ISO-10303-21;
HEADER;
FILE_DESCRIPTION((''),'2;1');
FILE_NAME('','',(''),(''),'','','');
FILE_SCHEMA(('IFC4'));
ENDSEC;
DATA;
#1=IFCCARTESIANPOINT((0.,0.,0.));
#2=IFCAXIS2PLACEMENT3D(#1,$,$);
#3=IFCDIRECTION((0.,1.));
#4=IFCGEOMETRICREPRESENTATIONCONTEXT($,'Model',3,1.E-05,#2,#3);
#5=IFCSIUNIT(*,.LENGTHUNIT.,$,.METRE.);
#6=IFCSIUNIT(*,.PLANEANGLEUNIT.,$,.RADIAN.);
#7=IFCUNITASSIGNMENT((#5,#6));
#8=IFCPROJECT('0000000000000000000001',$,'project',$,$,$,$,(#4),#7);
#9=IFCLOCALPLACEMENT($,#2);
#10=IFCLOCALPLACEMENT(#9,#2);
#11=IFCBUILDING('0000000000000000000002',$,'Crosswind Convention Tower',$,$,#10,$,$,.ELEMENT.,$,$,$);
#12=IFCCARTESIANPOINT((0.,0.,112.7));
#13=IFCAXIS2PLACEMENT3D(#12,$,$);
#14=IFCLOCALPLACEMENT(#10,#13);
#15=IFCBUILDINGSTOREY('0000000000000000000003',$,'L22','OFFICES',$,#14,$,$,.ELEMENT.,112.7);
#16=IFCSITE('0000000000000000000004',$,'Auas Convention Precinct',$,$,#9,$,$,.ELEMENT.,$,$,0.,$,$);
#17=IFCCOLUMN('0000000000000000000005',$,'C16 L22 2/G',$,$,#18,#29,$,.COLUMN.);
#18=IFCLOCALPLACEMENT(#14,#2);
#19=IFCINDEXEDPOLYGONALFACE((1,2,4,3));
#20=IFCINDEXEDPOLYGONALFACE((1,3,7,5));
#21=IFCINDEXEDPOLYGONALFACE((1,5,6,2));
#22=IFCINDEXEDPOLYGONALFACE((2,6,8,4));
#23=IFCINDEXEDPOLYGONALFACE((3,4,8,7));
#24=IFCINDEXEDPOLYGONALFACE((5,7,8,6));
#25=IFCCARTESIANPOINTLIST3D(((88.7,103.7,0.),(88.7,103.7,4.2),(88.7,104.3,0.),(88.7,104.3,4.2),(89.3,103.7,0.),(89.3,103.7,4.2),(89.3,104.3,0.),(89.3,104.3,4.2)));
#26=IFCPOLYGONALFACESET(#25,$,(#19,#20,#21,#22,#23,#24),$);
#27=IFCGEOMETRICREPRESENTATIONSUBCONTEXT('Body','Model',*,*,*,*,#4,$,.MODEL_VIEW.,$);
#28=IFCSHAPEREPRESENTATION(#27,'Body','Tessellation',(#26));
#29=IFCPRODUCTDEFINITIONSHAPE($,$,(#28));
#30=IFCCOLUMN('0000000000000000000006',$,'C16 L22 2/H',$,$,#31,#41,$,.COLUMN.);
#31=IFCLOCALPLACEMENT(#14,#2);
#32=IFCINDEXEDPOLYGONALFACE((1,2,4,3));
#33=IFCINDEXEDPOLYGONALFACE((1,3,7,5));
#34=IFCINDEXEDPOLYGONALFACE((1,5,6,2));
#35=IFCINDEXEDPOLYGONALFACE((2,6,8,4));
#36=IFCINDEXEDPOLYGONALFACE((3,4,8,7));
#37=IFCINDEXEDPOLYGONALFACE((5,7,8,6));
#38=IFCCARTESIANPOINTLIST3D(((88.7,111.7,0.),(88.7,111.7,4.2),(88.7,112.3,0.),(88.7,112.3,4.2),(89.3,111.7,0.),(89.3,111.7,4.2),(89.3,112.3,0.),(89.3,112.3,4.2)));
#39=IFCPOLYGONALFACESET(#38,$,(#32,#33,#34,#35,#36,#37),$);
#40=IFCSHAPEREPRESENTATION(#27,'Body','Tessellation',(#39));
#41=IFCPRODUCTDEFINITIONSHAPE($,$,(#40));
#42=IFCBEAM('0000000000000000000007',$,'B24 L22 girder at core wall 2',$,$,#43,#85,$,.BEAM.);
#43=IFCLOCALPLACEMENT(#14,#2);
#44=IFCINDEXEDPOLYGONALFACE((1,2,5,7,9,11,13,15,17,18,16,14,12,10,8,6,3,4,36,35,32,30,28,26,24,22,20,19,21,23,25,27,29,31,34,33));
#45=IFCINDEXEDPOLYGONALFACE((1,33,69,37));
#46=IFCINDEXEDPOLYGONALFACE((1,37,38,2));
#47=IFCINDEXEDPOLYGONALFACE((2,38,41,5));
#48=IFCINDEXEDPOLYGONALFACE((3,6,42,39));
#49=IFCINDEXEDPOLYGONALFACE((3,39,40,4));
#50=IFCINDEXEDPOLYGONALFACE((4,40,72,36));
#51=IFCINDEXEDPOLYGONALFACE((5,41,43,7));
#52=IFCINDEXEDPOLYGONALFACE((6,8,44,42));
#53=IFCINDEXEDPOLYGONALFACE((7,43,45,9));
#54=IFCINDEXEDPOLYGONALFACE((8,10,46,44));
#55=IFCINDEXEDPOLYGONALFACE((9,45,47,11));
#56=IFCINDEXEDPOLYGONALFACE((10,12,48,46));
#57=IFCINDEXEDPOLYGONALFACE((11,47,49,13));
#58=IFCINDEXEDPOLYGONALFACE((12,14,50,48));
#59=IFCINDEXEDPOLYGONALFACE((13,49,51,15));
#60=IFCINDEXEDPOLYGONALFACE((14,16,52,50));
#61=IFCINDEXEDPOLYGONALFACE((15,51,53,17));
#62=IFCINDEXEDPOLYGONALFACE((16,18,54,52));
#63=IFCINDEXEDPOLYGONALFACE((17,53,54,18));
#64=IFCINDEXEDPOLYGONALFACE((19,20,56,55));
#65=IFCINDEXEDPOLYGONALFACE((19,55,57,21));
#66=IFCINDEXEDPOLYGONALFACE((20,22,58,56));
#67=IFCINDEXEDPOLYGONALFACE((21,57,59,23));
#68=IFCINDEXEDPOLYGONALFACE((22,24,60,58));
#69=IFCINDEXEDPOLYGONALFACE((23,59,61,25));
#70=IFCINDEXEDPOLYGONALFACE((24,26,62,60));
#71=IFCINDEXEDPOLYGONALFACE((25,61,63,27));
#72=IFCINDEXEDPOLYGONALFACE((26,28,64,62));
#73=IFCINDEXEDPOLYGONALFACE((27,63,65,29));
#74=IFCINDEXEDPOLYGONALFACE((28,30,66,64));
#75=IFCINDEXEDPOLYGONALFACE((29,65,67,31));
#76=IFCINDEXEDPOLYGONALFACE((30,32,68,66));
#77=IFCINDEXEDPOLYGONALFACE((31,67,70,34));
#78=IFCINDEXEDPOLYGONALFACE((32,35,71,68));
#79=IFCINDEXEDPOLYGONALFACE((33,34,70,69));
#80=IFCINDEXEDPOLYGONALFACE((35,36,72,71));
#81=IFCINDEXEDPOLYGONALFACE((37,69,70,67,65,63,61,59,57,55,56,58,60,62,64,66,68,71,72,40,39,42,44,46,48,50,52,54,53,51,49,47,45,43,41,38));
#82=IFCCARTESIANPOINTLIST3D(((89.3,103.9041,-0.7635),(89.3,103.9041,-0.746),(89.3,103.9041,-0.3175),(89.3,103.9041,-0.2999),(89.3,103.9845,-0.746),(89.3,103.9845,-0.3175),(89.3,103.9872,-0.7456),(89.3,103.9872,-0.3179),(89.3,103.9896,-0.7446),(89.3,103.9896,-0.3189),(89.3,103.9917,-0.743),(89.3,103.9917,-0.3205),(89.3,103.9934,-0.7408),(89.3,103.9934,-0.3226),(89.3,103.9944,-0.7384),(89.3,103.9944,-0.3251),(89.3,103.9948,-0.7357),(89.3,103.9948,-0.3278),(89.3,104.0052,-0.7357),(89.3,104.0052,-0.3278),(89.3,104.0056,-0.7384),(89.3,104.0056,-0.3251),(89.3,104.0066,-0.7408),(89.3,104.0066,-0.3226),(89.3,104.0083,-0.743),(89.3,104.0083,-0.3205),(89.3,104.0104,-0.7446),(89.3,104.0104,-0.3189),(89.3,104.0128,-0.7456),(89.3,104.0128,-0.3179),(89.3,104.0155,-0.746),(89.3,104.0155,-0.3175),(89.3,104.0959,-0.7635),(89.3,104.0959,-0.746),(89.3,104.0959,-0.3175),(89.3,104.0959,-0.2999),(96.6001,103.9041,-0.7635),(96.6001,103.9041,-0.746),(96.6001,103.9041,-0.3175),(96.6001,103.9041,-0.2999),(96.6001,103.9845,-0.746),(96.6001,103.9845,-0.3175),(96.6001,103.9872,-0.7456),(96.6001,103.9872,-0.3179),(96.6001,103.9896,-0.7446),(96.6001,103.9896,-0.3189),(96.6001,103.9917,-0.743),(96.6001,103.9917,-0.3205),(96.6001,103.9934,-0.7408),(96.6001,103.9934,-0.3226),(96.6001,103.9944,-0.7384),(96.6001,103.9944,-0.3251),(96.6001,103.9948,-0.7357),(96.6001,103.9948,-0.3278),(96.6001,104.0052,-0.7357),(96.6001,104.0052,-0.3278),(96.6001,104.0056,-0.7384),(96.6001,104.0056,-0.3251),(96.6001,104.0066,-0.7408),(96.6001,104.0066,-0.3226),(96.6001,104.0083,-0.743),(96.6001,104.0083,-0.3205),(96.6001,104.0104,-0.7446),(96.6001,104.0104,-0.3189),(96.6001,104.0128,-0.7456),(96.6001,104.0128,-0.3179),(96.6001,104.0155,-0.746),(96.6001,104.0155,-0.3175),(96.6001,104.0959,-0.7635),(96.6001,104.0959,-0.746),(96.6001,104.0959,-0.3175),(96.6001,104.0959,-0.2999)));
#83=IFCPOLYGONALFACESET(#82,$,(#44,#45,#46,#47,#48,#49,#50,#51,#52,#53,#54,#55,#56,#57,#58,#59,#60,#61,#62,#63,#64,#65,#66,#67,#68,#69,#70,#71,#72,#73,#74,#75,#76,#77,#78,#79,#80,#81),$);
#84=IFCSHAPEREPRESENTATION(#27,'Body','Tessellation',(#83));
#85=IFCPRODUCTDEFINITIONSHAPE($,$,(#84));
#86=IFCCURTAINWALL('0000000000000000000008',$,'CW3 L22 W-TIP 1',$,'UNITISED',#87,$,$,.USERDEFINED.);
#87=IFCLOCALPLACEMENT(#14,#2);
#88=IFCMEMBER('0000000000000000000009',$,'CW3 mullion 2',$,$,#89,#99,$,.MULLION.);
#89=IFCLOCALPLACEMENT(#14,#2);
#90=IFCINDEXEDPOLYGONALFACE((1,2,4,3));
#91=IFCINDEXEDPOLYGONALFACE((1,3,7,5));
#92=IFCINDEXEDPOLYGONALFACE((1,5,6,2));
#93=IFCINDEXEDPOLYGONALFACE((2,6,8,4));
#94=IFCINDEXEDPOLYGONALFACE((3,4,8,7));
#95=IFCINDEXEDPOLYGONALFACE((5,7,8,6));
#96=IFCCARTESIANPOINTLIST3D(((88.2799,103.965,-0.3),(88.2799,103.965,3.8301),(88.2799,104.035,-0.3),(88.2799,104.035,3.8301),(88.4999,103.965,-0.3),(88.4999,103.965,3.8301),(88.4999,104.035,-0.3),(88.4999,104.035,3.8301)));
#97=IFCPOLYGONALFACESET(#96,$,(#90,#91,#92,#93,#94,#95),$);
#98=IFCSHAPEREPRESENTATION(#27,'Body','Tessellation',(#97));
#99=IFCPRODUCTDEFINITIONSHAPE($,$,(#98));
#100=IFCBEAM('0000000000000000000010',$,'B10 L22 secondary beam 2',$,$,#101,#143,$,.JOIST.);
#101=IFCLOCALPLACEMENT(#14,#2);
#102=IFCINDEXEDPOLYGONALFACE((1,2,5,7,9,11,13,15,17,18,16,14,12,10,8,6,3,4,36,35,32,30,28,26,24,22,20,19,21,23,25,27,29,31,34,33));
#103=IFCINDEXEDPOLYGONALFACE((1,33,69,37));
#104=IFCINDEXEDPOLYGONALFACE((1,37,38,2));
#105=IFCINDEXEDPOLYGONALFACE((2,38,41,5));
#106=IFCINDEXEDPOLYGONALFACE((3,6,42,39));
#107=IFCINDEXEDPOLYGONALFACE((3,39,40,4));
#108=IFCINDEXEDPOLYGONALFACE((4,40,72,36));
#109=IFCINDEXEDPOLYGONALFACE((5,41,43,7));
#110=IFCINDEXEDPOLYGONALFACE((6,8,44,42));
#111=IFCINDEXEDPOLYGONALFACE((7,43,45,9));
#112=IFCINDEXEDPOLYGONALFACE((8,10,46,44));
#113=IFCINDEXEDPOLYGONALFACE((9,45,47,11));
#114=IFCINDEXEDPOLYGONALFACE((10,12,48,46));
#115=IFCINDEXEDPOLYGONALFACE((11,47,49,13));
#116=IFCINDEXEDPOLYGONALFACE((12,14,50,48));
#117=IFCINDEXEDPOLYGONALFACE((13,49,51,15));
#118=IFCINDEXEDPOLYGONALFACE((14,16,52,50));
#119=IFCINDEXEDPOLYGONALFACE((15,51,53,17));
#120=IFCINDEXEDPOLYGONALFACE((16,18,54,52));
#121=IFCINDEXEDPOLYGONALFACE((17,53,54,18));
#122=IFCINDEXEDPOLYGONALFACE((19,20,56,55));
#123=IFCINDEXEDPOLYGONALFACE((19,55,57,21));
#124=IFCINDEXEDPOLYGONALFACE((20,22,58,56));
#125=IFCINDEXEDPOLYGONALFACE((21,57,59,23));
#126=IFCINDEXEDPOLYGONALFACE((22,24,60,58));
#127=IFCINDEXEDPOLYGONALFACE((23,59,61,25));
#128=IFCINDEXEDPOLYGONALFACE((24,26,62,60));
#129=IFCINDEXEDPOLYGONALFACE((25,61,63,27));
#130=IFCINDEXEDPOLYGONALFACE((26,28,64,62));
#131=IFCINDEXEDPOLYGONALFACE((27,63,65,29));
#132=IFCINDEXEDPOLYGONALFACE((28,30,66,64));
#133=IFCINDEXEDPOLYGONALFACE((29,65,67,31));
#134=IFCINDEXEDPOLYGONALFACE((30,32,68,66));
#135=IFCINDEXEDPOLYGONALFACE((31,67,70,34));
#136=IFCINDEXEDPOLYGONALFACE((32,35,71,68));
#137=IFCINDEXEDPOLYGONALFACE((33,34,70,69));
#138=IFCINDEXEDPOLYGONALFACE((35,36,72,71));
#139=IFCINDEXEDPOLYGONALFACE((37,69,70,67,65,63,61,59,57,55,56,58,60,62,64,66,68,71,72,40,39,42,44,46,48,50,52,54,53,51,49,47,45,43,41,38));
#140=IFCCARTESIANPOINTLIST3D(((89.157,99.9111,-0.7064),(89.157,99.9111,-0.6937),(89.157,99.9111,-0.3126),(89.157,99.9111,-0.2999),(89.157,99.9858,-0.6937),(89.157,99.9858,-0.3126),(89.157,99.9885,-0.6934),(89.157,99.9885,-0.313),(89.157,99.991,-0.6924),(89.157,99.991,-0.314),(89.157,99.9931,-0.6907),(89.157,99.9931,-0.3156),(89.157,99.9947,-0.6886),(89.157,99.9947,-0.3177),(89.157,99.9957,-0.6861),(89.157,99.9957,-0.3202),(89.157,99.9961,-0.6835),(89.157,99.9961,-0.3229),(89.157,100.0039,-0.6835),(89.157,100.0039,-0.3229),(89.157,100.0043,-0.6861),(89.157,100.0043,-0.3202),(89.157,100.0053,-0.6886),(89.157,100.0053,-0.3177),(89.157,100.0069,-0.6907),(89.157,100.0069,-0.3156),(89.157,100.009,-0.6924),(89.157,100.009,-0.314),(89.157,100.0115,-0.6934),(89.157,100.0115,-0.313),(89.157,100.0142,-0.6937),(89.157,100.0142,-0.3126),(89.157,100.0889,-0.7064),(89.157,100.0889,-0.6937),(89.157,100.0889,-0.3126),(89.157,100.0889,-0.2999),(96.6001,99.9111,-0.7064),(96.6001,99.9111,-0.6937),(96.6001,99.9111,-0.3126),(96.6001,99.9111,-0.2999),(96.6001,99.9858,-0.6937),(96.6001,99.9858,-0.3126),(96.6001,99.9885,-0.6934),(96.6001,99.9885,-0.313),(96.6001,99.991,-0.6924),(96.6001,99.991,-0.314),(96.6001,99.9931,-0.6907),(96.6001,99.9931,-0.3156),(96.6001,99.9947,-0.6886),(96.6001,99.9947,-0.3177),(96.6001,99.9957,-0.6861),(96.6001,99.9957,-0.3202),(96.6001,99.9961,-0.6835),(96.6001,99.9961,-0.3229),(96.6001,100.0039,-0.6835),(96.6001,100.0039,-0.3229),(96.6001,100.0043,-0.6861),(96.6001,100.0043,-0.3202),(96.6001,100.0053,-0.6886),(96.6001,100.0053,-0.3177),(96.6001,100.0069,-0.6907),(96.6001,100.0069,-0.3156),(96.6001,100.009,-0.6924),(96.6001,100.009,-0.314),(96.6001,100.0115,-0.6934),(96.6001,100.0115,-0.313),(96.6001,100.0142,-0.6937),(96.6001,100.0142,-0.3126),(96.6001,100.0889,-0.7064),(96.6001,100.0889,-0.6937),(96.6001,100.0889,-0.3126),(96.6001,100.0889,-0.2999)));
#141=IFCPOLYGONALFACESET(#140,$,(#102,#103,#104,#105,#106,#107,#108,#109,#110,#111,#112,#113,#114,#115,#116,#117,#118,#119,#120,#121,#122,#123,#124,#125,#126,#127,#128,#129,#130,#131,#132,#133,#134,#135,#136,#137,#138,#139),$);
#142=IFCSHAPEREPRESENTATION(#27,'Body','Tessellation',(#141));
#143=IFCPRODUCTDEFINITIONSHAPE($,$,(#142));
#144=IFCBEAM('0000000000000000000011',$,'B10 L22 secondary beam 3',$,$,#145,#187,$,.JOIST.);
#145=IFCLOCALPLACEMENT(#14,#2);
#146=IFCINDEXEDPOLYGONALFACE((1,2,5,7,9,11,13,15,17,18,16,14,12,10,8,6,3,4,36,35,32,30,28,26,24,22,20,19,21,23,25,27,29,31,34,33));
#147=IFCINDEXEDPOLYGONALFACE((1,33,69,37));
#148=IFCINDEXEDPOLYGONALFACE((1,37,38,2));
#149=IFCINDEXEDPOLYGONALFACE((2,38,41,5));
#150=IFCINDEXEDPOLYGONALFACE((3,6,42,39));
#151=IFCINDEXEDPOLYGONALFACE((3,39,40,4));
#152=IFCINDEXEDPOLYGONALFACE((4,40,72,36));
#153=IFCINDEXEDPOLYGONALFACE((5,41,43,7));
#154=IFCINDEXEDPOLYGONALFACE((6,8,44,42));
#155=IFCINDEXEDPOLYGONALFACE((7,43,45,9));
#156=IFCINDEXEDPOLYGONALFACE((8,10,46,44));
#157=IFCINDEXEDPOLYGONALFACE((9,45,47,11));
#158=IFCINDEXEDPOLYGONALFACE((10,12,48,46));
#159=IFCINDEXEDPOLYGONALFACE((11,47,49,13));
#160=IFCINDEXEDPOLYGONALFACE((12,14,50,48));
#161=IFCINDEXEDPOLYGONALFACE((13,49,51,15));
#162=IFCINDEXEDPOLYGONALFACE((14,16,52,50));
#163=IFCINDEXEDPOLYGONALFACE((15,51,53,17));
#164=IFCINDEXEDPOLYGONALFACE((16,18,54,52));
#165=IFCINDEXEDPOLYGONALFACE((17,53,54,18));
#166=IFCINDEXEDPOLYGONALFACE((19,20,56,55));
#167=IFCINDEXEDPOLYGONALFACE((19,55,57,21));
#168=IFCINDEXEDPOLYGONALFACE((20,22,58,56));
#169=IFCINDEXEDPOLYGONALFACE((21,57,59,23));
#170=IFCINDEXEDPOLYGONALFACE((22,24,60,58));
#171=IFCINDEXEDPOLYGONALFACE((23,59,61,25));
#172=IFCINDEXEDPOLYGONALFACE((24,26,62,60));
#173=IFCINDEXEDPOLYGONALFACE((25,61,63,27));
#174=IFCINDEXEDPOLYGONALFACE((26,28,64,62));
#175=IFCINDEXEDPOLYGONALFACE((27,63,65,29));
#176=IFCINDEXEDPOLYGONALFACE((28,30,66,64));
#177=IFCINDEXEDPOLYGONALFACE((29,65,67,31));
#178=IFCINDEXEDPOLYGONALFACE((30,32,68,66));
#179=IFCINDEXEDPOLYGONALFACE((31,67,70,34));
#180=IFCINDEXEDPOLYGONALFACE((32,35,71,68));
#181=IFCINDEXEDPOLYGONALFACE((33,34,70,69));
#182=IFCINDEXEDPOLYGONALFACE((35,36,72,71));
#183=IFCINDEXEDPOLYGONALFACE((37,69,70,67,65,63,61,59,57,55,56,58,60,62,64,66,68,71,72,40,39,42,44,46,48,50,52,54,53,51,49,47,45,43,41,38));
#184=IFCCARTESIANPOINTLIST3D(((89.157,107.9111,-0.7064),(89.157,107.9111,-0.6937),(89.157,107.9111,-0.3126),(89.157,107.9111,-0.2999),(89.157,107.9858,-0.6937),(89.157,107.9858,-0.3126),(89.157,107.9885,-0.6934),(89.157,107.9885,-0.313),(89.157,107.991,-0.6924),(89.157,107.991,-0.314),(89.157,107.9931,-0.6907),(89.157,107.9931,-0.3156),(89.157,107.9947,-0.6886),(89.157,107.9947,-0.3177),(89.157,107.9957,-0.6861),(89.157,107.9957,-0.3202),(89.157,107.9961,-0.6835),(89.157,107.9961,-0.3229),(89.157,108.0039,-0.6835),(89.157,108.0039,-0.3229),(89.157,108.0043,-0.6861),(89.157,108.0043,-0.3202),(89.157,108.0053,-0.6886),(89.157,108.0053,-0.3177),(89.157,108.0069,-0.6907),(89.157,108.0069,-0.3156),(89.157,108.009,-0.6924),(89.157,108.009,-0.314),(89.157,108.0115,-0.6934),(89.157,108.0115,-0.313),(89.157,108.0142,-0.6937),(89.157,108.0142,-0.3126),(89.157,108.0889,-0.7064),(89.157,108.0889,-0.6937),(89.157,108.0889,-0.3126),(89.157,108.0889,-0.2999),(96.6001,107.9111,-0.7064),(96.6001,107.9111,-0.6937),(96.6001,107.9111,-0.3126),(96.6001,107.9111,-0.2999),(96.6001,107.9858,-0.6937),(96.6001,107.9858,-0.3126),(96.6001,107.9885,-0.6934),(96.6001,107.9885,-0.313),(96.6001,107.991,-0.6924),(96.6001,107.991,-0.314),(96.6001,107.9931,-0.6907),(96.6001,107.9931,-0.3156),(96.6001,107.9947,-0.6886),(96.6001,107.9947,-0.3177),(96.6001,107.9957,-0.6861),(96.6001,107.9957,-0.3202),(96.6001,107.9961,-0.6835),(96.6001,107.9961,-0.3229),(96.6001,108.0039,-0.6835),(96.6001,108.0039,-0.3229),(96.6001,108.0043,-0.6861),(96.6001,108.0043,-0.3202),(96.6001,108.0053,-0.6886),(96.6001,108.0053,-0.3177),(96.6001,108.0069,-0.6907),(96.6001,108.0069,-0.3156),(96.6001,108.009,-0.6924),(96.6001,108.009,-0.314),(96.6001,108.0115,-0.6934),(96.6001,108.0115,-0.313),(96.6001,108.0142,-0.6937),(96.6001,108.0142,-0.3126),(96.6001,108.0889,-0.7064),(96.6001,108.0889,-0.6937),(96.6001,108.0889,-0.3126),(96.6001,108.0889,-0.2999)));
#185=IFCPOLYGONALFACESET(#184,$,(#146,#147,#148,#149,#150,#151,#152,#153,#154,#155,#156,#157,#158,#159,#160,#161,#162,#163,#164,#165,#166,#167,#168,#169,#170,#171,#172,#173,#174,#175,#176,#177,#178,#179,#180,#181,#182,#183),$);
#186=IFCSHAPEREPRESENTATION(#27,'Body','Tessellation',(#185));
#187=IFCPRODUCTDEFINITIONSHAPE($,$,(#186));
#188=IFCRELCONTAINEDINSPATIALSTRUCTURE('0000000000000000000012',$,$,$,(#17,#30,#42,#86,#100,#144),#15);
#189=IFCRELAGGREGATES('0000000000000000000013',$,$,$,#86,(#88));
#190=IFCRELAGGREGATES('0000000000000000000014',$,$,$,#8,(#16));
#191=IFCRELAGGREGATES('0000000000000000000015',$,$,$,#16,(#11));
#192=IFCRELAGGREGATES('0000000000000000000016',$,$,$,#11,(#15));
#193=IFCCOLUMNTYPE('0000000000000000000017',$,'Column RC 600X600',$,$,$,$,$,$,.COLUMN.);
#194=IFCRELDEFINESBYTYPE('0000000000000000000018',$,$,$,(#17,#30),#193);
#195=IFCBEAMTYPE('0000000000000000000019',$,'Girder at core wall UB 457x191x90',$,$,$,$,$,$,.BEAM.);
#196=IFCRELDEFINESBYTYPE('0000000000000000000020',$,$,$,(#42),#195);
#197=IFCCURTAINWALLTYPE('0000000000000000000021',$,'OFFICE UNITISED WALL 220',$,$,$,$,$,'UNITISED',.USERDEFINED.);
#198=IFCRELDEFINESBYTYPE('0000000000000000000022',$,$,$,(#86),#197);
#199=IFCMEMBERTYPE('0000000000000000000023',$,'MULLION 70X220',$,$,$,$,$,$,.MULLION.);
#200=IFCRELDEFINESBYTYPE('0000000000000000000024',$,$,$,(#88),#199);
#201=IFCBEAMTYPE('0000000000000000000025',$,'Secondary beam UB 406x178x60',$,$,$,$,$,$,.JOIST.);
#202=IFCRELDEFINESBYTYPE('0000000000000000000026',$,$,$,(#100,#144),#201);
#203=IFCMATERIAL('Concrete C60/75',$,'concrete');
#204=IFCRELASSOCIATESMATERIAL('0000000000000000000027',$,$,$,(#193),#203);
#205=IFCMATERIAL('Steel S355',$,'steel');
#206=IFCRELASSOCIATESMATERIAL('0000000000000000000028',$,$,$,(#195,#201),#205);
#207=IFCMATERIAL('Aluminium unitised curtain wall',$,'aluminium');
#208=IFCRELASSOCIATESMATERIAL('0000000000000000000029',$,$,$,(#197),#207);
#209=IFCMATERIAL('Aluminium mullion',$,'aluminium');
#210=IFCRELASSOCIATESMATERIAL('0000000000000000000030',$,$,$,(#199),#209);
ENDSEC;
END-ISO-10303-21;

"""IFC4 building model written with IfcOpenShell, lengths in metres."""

from ifc_helpers import new_model, si_unit, direction, frame, origin, origin_2d, place, context, subcontext, project, spatial, rectangle, i_section, extrude, material, material_profile, profile_set, type_object, element, aggregate, save


model = new_model("IFC4")

# Units and contexts
model_context = context("Model", 3, precision=1e-05, world=origin(), true_north=direction((0.0, 1.0)))
body_context = subcontext(model_context, "Body", "Model", "MODEL_VIEW")
ifc_project = project(units=[si_unit("LENGTHUNIT", "METRE"), si_unit("PLANEANGLEUNIT", "RADIAN")], contexts=[model_context])

# Site, building, storey
site_placement = place(None, origin())
site = spatial("IfcSite", under=ifc_project, at=site_placement, Name="Auas Convention Precinct", CompositionType="ELEMENT", RefElevation=0.0)
building_placement = place(site_placement, origin())
building = spatial("IfcBuilding", under=site, at=building_placement, Name="Crosswind Convention Tower", CompositionType="ELEMENT")
storey_placement = place(building_placement, frame((0.0, 0.0, 112.7)))
storey = spatial("IfcBuildingStorey", under=building, at=storey_placement, Name="L22", Description="OFFICES", CompositionType="ELEMENT", Elevation=112.7)

# Columns
ifc_material_1 = material(Name="Concrete C60/75", Category="concrete")
ifc_material_profile_1 = material_profile(ifc_material_1, rectangle(XDim=0.6001, YDim=0.6001, at=origin_2d()), Name="RC 600X600")
ifc_profile_set_1 = profile_set([ifc_material_profile_1], Name="Concrete C60/75")
column_type = type_object("IfcColumnType", Name="Column RC 600X600", PredefinedType="COLUMN", material=ifc_profile_set_1)
for number, where, z_axis, x_axis, name in (
    (1, (89.0, 104.0, 0.0), (0.0, 0.0, 1.0), (1.0, 0.0, 0.0), "C16 L22 2/G"),
    (2, (89.0, 112.0, 0.0), (0.0, 0.0, 1.0), (1.0, 0.0, 0.0), "C16 L22 2/H"),
):
    element("IfcColumn", number, at=place(storey_placement, frame(where, z_axis=z_axis, x_axis=x_axis)), inside=storey, type_object=column_type, Name=name, PredefinedType="COLUMN", context=body_context, shape_type="SweptSolid", body=[
        extrude(rectangle(XDim=0.6001, YDim=0.6001, at=origin_2d()), origin(), (0.0, 0.0, 1.0), 4.2),
    ])

# Beam
ifc_material_2 = material(Name="Steel S355", Category="steel")
ifc_material_profile_2 = material_profile(ifc_material_2, i_section(OverallWidth=0.1919, OverallDepth=0.4636, WebThickness=0.0105, FlangeThickness=0.0176, FilletRadius=0.0103, at=origin_2d()), Name="UB 457x191x90")
ifc_profile_set_2 = profile_set([ifc_material_profile_2], Name="Steel S355")
beam_type_1 = type_object("IfcBeamType", Name="Girder at core wall UB 457x191x90", PredefinedType="BEAM", material=ifc_profile_set_2)
beam_placement = place(storey_placement, frame((89.3, 104.0, -0.5317), z_axis=(1.0, 0.0, 0.0), x_axis=(0.0, 1.0, 0.0)))
element("IfcBeam", 3, at=beam_placement, inside=storey, type_object=beam_type_1, Name="B24 L22 girder at core wall 2", PredefinedType="BEAM", context=body_context, shape_type="SweptSolid", body=[
    extrude(i_section(OverallWidth=0.1919, OverallDepth=0.4636, WebThickness=0.0105, FlangeThickness=0.0176, FilletRadius=0.0103, at=origin_2d()), origin(), (0.0, 0.0, 1.0), 7.3),
])

# Curtain wall, member
ifc_material_3 = material(Name="Aluminium unitised curtain wall", Category="aluminium")
curtain_wall_type = type_object("IfcCurtainWallType", Name="OFFICE UNITISED WALL 220", ElementType="UNITISED", PredefinedType="USERDEFINED", material=ifc_material_3)
curtain_wall_placement = place(storey_placement, origin())
curtain_wall = element("IfcCurtainWall", 4, at=curtain_wall_placement, inside=storey, type_object=curtain_wall_type, Name="CW3 L22 W-TIP 1", ObjectType="UNITISED", PredefinedType="USERDEFINED")
ifc_material_4 = material(Name="Aluminium mullion", Category="aluminium")
ifc_material_profile_3 = material_profile(ifc_material_4, rectangle(XDim=0.22, YDim=0.0701, at=origin_2d()), Name="AL 220X70")
ifc_profile_set_3 = profile_set([ifc_material_profile_3], Name="Aluminium mullion")
member_type = type_object("IfcMemberType", Name="MULLION 70X220", PredefinedType="MULLION", material=ifc_profile_set_3)
member_placement = place(storey_placement, frame((88.3899, 104.0, -0.3), z_axis=(0.0, 0.0, 1.0), x_axis=(-1.0, 0.0, 0.0)))
member = element("IfcMember", 5, at=member_placement, type_object=member_type, Name="CW3 mullion 2", PredefinedType="MULLION", context=body_context, shape_type="SweptSolid", body=[
    extrude(rectangle(XDim=0.22, YDim=0.0701, at=origin_2d()), origin(), (0.0, 0.0, 1.0), 4.1301),
])

# Beams
ifc_material_profile_4 = material_profile(ifc_material_2, i_section(OverallWidth=0.1777, OverallDepth=0.4065, WebThickness=0.0078, FlangeThickness=0.0127, FilletRadius=0.0103, at=origin_2d()), Name="UB 406x178x60")
ifc_profile_set_4 = profile_set([ifc_material_profile_4], Name="Steel S355")
beam_type_2 = type_object("IfcBeamType", Name="Secondary beam UB 406x178x60", PredefinedType="JOIST", material=ifc_profile_set_4)
for number, where, z_axis, x_axis, name in (
    (6, (89.157, 100.0, -0.5032), (1.0, 0.0, 0.0), (0.0, 1.0, 0.0), "B10 L22 secondary beam 2"),
    (7, (89.157, 108.0, -0.5032), (1.0, 0.0, 0.0), (0.0, 1.0, 0.0), "B10 L22 secondary beam 3"),
):
    element("IfcBeam", number, at=place(storey_placement, frame(where, z_axis=z_axis, x_axis=x_axis)), inside=storey, type_object=beam_type_2, Name=name, PredefinedType="JOIST", context=body_context, shape_type="SweptSolid", body=[
        extrude(i_section(OverallWidth=0.1777, OverallDepth=0.4065, WebThickness=0.0078, FlangeThickness=0.0127, FilletRadius=0.0103, at=origin_2d()), origin(), (0.0, 0.0, 1.0), 7.4431),
    ])

aggregate(curtain_wall, [member])

save(model, "model.ifc")
